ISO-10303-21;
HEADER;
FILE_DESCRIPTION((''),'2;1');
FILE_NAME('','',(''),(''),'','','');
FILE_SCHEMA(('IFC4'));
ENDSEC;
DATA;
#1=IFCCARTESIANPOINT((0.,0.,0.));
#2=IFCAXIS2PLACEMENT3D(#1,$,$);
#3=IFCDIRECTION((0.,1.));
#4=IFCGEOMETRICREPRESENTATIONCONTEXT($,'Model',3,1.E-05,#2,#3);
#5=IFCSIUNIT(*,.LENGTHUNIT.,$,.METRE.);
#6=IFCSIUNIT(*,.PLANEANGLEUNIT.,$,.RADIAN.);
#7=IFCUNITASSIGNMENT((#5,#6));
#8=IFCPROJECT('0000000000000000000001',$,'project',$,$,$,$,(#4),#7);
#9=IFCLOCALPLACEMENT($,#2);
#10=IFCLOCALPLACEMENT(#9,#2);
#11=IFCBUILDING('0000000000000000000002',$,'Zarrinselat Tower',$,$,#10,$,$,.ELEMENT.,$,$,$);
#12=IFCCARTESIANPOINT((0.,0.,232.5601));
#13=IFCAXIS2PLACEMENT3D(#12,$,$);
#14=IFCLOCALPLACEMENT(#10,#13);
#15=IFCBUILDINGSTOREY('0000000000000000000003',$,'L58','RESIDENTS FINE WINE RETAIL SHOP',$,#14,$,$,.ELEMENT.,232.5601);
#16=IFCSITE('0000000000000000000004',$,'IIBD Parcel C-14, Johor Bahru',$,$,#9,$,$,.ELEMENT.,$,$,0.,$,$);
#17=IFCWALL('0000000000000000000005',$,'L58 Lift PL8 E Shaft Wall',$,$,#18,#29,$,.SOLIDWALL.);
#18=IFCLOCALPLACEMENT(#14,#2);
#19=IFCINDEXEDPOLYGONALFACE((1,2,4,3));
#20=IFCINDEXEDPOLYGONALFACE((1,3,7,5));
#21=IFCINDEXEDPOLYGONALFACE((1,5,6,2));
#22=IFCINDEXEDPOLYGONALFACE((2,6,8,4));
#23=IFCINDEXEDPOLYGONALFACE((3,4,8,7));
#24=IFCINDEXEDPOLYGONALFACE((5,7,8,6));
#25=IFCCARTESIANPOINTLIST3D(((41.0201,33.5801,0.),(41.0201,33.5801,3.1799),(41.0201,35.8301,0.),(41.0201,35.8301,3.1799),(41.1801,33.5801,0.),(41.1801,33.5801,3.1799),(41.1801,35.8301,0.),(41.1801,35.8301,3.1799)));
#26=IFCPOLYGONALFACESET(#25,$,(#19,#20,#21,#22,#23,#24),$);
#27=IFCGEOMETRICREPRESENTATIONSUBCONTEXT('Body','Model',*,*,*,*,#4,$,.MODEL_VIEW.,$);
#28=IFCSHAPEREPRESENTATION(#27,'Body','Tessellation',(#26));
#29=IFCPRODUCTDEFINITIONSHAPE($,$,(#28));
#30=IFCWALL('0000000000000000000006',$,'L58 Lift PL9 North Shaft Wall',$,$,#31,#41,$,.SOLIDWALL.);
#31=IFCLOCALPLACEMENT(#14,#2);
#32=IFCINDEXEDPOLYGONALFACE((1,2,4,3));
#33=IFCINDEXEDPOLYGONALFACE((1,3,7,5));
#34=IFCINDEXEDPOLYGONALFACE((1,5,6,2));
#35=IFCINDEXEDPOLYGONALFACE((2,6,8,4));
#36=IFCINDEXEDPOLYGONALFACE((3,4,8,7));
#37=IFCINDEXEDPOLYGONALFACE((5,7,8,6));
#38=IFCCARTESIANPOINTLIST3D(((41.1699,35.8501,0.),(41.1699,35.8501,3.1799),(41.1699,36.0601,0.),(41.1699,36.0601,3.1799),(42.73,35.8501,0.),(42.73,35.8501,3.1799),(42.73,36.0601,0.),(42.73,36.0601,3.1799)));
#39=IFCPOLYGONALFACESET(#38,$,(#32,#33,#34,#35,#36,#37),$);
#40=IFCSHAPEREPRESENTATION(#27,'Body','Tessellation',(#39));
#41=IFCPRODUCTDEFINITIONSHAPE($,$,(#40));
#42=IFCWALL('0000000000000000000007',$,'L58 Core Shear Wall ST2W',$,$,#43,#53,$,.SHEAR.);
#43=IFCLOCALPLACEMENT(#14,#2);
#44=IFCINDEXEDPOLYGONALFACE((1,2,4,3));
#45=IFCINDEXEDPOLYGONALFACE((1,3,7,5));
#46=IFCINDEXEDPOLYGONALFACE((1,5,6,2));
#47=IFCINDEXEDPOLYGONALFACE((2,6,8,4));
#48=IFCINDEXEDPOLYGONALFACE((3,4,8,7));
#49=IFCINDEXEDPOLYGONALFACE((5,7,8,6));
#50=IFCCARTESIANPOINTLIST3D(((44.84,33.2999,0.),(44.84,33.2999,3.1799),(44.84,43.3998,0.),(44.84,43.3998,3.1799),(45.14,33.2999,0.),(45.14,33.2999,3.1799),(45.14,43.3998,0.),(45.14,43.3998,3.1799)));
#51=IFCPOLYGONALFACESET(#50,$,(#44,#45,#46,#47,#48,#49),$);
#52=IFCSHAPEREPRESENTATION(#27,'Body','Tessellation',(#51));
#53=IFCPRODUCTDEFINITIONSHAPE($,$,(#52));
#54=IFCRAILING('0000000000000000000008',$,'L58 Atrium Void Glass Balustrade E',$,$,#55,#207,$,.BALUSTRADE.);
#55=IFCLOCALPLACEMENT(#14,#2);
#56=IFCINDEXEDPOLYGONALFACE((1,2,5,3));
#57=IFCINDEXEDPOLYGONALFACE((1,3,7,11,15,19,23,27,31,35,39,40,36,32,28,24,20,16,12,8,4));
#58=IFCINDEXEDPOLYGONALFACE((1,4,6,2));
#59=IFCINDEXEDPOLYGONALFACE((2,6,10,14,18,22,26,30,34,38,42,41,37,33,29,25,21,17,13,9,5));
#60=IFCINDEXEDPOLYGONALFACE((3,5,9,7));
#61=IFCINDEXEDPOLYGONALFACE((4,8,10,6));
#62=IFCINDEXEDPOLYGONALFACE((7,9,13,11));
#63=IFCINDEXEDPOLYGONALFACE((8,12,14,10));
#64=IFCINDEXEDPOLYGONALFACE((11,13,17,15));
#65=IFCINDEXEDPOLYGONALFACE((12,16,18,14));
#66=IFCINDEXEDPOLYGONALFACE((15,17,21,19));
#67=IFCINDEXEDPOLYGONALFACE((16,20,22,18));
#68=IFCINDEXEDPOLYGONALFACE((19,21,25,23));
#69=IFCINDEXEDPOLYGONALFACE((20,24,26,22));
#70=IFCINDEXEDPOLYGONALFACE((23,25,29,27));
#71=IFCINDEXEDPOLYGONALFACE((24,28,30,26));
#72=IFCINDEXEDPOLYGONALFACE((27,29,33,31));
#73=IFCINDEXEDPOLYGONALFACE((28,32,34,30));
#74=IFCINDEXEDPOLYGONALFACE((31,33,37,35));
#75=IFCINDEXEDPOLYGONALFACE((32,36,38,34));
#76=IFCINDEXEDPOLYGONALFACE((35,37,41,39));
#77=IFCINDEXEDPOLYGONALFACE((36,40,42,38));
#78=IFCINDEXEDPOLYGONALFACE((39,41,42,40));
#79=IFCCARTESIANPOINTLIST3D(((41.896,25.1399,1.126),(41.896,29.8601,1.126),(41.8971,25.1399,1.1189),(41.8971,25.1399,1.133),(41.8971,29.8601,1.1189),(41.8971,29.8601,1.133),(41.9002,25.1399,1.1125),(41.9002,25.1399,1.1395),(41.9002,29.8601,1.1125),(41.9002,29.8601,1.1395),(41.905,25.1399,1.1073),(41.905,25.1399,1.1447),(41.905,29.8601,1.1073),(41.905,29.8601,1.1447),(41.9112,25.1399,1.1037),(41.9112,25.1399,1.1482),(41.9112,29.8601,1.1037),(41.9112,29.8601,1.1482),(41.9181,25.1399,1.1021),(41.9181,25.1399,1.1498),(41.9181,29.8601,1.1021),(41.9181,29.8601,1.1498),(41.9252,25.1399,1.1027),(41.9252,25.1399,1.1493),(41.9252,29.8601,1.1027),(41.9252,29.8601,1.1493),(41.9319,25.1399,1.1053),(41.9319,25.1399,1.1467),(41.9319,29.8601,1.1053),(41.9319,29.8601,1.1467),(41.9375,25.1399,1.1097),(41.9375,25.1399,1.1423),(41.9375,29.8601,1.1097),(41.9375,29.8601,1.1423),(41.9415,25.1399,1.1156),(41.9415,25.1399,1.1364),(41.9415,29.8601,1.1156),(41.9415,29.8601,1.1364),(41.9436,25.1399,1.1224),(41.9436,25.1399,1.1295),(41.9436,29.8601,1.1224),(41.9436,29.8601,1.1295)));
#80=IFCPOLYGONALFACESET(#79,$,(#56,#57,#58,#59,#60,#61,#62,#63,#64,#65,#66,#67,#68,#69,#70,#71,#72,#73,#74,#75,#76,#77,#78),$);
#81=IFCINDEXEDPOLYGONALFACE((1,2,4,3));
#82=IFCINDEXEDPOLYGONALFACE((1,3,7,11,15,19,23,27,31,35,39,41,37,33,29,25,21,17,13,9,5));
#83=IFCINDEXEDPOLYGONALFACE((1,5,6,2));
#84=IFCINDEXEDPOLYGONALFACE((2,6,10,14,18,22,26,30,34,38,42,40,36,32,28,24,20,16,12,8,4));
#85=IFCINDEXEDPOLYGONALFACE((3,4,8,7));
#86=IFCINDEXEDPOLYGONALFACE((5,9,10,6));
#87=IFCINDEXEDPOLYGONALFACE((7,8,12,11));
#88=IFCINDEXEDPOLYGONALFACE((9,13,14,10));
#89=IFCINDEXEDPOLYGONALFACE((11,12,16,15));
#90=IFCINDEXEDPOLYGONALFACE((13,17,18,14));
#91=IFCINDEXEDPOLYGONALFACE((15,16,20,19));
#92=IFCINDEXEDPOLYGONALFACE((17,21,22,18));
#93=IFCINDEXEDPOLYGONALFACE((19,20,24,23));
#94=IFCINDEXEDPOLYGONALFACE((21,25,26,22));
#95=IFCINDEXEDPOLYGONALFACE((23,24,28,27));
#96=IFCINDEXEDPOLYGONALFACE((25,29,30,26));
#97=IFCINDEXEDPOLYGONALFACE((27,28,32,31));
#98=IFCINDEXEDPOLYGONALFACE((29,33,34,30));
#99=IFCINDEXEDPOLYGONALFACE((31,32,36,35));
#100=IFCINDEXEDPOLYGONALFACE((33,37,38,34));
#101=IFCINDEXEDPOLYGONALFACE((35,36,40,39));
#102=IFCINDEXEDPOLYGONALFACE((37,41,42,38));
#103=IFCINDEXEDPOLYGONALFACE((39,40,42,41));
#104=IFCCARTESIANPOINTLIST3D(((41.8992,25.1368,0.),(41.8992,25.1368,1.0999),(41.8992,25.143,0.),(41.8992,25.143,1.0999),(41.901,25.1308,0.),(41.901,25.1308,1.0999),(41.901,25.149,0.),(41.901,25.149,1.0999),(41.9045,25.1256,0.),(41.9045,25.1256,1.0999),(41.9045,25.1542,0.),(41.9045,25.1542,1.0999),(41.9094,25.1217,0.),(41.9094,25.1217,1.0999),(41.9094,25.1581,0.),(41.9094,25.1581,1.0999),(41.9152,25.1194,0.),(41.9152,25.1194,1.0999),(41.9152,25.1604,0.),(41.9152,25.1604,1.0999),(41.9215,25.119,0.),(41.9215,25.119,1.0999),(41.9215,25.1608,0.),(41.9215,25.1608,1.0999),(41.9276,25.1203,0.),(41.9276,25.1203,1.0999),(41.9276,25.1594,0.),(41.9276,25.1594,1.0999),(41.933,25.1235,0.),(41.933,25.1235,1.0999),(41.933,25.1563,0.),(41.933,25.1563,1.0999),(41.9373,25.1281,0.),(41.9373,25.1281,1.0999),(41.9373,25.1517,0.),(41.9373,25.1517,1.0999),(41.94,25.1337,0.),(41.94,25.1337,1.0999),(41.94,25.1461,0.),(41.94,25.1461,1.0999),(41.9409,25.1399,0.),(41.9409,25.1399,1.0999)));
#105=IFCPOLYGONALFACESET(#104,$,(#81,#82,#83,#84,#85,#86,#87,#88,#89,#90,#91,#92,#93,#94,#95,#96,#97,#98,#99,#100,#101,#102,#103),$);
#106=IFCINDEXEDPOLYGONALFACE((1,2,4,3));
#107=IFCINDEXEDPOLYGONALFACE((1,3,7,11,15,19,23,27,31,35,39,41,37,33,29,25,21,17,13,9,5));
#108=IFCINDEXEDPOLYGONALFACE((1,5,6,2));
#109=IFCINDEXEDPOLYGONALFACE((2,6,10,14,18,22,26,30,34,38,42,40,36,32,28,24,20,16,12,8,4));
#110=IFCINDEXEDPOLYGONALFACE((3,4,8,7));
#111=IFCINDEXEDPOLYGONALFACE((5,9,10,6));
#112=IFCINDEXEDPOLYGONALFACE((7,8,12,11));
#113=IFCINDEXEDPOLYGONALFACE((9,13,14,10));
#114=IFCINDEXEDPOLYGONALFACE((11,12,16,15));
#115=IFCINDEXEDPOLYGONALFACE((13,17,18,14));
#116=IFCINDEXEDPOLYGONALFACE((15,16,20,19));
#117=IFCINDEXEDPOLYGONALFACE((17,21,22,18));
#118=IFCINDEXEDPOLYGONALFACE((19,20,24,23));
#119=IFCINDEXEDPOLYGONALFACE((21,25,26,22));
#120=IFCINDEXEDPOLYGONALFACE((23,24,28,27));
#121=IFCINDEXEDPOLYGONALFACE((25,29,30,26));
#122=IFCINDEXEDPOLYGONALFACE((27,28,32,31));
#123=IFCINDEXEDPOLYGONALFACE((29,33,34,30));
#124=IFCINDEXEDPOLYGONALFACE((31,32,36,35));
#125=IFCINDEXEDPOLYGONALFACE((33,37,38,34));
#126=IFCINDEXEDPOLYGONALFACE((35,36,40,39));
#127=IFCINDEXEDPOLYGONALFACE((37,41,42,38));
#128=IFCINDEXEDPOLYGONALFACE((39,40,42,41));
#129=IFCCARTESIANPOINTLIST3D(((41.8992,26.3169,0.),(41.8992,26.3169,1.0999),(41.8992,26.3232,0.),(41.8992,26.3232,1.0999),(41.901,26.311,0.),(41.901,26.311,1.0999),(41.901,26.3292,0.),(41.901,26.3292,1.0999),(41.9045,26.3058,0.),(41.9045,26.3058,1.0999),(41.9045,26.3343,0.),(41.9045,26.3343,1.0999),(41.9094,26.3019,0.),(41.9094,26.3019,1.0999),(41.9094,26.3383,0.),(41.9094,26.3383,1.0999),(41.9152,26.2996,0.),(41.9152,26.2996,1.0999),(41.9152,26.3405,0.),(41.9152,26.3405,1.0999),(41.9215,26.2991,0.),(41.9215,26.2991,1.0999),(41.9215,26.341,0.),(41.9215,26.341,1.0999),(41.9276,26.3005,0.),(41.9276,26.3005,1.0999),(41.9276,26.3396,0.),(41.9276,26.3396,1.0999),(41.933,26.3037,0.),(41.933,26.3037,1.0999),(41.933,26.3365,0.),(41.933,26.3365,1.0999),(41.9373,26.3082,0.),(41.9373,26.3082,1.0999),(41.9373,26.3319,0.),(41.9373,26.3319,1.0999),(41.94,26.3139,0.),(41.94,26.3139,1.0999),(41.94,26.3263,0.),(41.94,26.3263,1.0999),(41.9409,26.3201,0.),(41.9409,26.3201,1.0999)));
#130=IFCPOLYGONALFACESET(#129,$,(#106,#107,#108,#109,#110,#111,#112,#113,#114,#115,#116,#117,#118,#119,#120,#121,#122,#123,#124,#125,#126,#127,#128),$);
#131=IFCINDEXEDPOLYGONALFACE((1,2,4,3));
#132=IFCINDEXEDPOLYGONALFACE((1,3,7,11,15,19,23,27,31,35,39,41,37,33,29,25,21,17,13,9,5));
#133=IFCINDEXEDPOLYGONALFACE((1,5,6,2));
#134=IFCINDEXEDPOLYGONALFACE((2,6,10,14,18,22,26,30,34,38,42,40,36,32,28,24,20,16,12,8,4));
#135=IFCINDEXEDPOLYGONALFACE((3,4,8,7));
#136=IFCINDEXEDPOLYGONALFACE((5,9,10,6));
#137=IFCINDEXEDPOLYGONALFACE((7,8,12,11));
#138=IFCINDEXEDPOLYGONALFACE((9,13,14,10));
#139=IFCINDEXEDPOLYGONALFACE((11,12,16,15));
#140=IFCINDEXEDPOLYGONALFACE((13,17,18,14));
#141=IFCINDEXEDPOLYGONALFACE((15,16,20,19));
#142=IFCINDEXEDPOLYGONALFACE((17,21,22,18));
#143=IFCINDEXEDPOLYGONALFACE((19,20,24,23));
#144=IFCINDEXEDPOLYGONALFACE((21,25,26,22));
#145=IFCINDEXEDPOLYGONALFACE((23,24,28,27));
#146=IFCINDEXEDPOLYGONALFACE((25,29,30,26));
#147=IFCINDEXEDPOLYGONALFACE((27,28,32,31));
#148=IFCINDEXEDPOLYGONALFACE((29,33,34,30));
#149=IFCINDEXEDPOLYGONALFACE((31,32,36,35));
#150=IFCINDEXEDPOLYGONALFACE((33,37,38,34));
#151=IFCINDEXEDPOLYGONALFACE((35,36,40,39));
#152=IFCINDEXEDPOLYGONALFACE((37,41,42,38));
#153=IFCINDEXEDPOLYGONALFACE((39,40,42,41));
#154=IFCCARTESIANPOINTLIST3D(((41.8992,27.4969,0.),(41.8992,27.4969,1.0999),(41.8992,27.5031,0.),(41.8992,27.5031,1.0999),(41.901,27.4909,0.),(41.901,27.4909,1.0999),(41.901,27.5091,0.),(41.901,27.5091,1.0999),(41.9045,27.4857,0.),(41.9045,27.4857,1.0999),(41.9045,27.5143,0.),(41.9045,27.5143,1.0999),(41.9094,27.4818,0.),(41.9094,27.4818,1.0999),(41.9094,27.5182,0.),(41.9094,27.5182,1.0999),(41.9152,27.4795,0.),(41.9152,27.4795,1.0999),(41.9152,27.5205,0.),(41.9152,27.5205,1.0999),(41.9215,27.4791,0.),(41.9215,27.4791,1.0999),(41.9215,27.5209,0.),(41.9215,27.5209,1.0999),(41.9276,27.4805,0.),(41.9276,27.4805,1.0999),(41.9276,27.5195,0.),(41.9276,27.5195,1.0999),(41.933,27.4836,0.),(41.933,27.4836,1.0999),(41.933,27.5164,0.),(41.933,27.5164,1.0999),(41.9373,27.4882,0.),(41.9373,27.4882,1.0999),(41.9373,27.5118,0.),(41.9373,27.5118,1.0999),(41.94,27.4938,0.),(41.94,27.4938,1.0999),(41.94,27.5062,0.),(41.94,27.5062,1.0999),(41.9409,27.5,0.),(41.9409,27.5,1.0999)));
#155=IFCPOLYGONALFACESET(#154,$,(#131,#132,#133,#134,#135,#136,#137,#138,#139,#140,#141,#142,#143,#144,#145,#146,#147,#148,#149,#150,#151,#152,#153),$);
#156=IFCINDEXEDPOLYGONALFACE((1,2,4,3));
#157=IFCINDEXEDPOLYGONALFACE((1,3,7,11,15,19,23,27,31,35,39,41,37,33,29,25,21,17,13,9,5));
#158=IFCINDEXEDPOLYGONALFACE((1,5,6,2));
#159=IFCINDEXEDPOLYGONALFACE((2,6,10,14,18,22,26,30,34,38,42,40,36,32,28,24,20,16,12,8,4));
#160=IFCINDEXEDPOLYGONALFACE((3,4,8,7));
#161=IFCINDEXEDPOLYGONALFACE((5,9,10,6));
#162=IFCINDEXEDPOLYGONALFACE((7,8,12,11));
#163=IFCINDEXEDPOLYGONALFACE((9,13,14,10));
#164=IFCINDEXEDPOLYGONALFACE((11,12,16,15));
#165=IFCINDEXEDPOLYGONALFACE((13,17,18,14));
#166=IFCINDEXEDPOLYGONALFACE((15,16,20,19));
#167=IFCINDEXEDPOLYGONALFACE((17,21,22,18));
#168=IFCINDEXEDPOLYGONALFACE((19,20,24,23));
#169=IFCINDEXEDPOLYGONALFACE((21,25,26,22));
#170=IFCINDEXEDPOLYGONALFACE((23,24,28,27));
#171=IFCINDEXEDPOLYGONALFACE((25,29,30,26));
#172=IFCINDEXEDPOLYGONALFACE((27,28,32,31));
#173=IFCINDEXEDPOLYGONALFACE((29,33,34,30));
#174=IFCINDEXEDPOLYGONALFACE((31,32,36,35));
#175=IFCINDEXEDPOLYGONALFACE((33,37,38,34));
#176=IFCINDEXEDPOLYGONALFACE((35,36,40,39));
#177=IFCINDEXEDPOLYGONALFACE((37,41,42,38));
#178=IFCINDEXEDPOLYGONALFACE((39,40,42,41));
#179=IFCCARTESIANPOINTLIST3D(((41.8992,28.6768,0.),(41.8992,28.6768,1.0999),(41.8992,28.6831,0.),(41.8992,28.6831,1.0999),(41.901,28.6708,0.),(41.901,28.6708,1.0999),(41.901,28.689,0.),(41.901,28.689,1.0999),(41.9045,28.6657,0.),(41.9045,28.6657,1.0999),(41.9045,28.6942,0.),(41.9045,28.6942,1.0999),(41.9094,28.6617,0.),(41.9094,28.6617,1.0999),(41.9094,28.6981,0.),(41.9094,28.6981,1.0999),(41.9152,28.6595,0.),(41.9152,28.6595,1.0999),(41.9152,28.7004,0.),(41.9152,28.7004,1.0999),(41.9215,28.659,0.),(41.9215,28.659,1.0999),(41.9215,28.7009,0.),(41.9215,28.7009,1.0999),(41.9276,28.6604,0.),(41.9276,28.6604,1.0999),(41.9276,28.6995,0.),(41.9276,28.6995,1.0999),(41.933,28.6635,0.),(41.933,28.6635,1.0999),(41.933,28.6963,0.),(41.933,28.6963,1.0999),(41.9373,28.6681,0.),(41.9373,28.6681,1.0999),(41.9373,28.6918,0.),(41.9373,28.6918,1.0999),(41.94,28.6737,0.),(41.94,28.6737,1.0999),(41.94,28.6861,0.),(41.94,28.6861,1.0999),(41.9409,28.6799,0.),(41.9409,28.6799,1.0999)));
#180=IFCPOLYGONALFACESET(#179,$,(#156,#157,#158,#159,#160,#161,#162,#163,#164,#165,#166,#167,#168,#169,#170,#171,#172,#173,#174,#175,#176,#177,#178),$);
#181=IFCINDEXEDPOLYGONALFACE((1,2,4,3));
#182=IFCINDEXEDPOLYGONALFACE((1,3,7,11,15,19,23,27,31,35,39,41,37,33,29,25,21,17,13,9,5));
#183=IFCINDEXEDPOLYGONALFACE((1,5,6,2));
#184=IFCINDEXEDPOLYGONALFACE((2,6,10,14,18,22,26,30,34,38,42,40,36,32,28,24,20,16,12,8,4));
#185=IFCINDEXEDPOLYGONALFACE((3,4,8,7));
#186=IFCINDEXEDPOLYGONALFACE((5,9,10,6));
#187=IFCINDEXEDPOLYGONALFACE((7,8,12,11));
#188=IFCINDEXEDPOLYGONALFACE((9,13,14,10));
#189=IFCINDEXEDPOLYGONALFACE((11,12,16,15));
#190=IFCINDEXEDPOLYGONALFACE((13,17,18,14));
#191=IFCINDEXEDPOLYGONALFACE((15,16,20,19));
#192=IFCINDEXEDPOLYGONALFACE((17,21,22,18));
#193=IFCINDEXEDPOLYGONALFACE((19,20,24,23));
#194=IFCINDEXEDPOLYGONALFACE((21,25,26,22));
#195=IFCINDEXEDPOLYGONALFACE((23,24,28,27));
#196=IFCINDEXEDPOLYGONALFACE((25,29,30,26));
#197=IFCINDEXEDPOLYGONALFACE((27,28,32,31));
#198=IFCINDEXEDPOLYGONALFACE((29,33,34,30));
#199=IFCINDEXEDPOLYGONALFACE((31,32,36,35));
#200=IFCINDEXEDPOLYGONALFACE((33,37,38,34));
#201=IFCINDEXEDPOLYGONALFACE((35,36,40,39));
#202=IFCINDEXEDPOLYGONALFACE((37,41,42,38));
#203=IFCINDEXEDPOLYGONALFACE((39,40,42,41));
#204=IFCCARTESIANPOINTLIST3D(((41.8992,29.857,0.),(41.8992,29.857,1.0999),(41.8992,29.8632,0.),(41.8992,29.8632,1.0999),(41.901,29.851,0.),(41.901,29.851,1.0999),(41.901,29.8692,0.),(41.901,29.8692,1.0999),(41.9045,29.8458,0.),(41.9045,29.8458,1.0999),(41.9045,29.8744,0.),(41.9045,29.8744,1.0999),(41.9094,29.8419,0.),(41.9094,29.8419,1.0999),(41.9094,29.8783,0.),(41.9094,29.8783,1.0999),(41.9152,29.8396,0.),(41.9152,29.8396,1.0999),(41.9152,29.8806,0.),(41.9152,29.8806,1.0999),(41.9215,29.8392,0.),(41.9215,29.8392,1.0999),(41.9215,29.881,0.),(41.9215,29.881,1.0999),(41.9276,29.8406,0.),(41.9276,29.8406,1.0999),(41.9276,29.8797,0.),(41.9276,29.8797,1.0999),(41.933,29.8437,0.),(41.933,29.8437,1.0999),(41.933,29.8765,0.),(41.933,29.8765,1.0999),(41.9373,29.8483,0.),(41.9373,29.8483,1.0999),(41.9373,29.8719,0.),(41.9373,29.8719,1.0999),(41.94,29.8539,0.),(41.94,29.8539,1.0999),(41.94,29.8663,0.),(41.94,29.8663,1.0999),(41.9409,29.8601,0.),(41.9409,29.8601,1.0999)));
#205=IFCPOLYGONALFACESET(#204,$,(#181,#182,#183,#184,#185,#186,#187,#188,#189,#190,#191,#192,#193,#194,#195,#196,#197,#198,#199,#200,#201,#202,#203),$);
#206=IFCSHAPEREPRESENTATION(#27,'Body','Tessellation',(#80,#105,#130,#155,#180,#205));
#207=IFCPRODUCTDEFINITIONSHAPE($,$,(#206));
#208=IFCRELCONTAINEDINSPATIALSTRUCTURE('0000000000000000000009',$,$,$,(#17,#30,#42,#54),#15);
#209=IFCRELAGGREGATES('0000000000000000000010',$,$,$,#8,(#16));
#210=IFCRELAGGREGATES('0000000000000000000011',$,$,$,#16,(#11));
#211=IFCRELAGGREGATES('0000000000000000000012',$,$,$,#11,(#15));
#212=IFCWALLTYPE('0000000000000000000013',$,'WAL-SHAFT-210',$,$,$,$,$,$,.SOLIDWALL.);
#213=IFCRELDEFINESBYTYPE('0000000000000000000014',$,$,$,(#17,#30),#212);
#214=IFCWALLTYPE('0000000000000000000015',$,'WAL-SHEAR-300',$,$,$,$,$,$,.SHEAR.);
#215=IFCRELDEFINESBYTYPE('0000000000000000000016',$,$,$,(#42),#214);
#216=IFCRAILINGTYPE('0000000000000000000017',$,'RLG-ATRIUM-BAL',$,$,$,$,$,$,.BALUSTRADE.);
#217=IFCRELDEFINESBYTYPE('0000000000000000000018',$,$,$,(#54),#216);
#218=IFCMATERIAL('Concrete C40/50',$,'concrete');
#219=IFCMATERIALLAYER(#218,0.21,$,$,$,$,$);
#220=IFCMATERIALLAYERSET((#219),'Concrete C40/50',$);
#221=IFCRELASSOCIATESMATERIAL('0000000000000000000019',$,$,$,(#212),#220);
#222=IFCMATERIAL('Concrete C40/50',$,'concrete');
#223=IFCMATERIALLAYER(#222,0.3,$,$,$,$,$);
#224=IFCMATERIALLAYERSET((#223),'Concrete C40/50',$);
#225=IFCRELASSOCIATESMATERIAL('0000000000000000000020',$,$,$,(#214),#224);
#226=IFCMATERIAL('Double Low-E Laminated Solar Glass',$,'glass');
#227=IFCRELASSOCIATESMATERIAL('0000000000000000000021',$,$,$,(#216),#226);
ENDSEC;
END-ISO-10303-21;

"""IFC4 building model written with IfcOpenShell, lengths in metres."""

from ifc_helpers import new_model, si_unit, direction, frame, frame_2d, origin, origin_2d, place, context, subcontext, project, spatial, rectangle, circle, extrude, material, layer, layer_set, type_object, element, save


model = new_model("IFC4")

# Units and contexts
model_context = context("Model", 3, precision=1e-05, world=origin(), true_north=direction((0.0, 1.0)))
body_context = subcontext(model_context, "Body", "Model", "MODEL_VIEW")
ifc_project = project(units=[si_unit("LENGTHUNIT", "METRE"), si_unit("PLANEANGLEUNIT", "RADIAN")], contexts=[model_context])

# Site, building, storey
site_placement = place(None, origin())
site = spatial("IfcSite", under=ifc_project, at=site_placement, Name="IIBD Parcel C-14, Johor Bahru", CompositionType="ELEMENT", RefElevation=0.0)
building_placement = place(site_placement, origin())
building = spatial("IfcBuilding", under=site, at=building_placement, Name="Zarrinselat Tower", CompositionType="ELEMENT")
storey_placement = place(building_placement, frame((0.0, 0.0, 232.5601)))
storey = spatial("IfcBuildingStorey", under=building, at=storey_placement, Name="L58", Description="RESIDENTS FINE WINE RETAIL SHOP", CompositionType="ELEMENT", Elevation=232.5601)

# Walls
ifc_material_1 = material(Name="Concrete C40/50", Category="concrete")
ifc_layer_1 = layer(ifc_material_1, 0.21)
ifc_layer_set_1 = layer_set([ifc_layer_1], Name="Concrete C40/50")
wall_type_1 = type_object("IfcWallType", Name="WAL-SHAFT-210", PredefinedType="SOLIDWALL", material=ifc_layer_set_1)
for number, where, z_axis, x_axis, name in (
    (1, (41.1001, 33.5801, 0.0), (0.0, 0.0, 1.0), (0.0, 1.0, 0.0), "L58 Lift PL8 E Shaft Wall"),
):
    element("IfcWall", number, at=place(storey_placement, frame(where, z_axis=z_axis, x_axis=x_axis)), inside=storey, type_object=wall_type_1, Name=name, PredefinedType="SOLIDWALL", context=body_context, shape_type="SweptSolid", body=[
        extrude(rectangle(XDim=2.25, YDim=0.1599, at=frame_2d((1.125, 0.0))), origin(), (0.0, 0.0, 1.0), 3.1799),
    ])
wall_1_placement = place(storey_placement, frame((41.1699, 35.9551, 0.0), z_axis=(0.0, 0.0, 1.0), x_axis=(1.0, 0.0, 0.0)))
element("IfcWall", 2, at=wall_1_placement, inside=storey, type_object=wall_type_1, Name="L58 Lift PL9 North Shaft Wall", PredefinedType="SOLIDWALL", context=body_context, shape_type="SweptSolid", body=[
    extrude(rectangle(XDim=1.5601, YDim=0.21, at=frame_2d((0.78, 0.0))), origin(), (0.0, 0.0, 1.0), 3.1799),
])
ifc_material_2 = material(Name="Concrete C40/50", Category="concrete")
ifc_layer_2 = layer(ifc_material_2, 0.3)
ifc_layer_set_2 = layer_set([ifc_layer_2], Name="Concrete C40/50")
wall_type_2 = type_object("IfcWallType", Name="WAL-SHEAR-300", PredefinedType="SHEAR", material=ifc_layer_set_2)
wall_2_placement = place(storey_placement, frame((44.99, 33.3, 0.0), z_axis=(0.0, 0.0, 1.0), x_axis=(0.0, 1.0, 0.0)))
element("IfcWall", 3, at=wall_2_placement, inside=storey, type_object=wall_type_2, Name="L58 Core Shear Wall ST2W", PredefinedType="SHEAR", context=body_context, shape_type="SweptSolid", body=[
    extrude(rectangle(XDim=10.0999, YDim=0.3, at=frame_2d((5.0498, 0.0))), origin(), (0.0, 0.0, 1.0), 3.1799),
])

# Railing
ifc_material_3 = material(Name="Double Low-E Laminated Solar Glass", Category="glass")
railing_type_1 = type_object("IfcRailingType", Name="RLG-ATRIUM-BAL", PredefinedType="BALUSTRADE", material=ifc_material_3)
railing_1_placement = place(storey_placement, frame((41.9199, 25.1399, 0.0)))
element("IfcRailing", 4, at=railing_1_placement, inside=storey, type_object=railing_type_1, Name="L58 Atrium Void Glass Balustrade E", PredefinedType="BALUSTRADE", context=body_context, shape_type="SweptSolid", body=[
    extrude(circle(Radius=0.0239, at=origin_2d()), frame((0.0, 0.0, 1.126), z_axis=(0.0, 1.0, 0.0), x_axis=(-1.0, 0.0, 0.0)), (0.0, 0.0, 1.0), 4.7202),
    extrude(circle(Radius=0.021, at=origin_2d()), origin(), (0.0, 0.0, 1.0), 1.0999),
    extrude(circle(Radius=0.021, at=origin_2d()), frame((0.0, 1.1802, 0.0)), (0.0, 0.0, 1.0), 1.0999),
    extrude(circle(Radius=0.021, at=origin_2d()), frame((0.0, 2.3601, 0.0)), (0.0, 0.0, 1.0), 1.0999),
    extrude(circle(Radius=0.021, at=origin_2d()), frame((0.0, 3.54, 0.0)), (0.0, 0.0, 1.0), 1.0999),
    extrude(circle(Radius=0.021, at=origin_2d()), frame((0.0, 4.7202, 0.0)), (0.0, 0.0, 1.0), 1.0999),
])

save(model, "model.ifc")
